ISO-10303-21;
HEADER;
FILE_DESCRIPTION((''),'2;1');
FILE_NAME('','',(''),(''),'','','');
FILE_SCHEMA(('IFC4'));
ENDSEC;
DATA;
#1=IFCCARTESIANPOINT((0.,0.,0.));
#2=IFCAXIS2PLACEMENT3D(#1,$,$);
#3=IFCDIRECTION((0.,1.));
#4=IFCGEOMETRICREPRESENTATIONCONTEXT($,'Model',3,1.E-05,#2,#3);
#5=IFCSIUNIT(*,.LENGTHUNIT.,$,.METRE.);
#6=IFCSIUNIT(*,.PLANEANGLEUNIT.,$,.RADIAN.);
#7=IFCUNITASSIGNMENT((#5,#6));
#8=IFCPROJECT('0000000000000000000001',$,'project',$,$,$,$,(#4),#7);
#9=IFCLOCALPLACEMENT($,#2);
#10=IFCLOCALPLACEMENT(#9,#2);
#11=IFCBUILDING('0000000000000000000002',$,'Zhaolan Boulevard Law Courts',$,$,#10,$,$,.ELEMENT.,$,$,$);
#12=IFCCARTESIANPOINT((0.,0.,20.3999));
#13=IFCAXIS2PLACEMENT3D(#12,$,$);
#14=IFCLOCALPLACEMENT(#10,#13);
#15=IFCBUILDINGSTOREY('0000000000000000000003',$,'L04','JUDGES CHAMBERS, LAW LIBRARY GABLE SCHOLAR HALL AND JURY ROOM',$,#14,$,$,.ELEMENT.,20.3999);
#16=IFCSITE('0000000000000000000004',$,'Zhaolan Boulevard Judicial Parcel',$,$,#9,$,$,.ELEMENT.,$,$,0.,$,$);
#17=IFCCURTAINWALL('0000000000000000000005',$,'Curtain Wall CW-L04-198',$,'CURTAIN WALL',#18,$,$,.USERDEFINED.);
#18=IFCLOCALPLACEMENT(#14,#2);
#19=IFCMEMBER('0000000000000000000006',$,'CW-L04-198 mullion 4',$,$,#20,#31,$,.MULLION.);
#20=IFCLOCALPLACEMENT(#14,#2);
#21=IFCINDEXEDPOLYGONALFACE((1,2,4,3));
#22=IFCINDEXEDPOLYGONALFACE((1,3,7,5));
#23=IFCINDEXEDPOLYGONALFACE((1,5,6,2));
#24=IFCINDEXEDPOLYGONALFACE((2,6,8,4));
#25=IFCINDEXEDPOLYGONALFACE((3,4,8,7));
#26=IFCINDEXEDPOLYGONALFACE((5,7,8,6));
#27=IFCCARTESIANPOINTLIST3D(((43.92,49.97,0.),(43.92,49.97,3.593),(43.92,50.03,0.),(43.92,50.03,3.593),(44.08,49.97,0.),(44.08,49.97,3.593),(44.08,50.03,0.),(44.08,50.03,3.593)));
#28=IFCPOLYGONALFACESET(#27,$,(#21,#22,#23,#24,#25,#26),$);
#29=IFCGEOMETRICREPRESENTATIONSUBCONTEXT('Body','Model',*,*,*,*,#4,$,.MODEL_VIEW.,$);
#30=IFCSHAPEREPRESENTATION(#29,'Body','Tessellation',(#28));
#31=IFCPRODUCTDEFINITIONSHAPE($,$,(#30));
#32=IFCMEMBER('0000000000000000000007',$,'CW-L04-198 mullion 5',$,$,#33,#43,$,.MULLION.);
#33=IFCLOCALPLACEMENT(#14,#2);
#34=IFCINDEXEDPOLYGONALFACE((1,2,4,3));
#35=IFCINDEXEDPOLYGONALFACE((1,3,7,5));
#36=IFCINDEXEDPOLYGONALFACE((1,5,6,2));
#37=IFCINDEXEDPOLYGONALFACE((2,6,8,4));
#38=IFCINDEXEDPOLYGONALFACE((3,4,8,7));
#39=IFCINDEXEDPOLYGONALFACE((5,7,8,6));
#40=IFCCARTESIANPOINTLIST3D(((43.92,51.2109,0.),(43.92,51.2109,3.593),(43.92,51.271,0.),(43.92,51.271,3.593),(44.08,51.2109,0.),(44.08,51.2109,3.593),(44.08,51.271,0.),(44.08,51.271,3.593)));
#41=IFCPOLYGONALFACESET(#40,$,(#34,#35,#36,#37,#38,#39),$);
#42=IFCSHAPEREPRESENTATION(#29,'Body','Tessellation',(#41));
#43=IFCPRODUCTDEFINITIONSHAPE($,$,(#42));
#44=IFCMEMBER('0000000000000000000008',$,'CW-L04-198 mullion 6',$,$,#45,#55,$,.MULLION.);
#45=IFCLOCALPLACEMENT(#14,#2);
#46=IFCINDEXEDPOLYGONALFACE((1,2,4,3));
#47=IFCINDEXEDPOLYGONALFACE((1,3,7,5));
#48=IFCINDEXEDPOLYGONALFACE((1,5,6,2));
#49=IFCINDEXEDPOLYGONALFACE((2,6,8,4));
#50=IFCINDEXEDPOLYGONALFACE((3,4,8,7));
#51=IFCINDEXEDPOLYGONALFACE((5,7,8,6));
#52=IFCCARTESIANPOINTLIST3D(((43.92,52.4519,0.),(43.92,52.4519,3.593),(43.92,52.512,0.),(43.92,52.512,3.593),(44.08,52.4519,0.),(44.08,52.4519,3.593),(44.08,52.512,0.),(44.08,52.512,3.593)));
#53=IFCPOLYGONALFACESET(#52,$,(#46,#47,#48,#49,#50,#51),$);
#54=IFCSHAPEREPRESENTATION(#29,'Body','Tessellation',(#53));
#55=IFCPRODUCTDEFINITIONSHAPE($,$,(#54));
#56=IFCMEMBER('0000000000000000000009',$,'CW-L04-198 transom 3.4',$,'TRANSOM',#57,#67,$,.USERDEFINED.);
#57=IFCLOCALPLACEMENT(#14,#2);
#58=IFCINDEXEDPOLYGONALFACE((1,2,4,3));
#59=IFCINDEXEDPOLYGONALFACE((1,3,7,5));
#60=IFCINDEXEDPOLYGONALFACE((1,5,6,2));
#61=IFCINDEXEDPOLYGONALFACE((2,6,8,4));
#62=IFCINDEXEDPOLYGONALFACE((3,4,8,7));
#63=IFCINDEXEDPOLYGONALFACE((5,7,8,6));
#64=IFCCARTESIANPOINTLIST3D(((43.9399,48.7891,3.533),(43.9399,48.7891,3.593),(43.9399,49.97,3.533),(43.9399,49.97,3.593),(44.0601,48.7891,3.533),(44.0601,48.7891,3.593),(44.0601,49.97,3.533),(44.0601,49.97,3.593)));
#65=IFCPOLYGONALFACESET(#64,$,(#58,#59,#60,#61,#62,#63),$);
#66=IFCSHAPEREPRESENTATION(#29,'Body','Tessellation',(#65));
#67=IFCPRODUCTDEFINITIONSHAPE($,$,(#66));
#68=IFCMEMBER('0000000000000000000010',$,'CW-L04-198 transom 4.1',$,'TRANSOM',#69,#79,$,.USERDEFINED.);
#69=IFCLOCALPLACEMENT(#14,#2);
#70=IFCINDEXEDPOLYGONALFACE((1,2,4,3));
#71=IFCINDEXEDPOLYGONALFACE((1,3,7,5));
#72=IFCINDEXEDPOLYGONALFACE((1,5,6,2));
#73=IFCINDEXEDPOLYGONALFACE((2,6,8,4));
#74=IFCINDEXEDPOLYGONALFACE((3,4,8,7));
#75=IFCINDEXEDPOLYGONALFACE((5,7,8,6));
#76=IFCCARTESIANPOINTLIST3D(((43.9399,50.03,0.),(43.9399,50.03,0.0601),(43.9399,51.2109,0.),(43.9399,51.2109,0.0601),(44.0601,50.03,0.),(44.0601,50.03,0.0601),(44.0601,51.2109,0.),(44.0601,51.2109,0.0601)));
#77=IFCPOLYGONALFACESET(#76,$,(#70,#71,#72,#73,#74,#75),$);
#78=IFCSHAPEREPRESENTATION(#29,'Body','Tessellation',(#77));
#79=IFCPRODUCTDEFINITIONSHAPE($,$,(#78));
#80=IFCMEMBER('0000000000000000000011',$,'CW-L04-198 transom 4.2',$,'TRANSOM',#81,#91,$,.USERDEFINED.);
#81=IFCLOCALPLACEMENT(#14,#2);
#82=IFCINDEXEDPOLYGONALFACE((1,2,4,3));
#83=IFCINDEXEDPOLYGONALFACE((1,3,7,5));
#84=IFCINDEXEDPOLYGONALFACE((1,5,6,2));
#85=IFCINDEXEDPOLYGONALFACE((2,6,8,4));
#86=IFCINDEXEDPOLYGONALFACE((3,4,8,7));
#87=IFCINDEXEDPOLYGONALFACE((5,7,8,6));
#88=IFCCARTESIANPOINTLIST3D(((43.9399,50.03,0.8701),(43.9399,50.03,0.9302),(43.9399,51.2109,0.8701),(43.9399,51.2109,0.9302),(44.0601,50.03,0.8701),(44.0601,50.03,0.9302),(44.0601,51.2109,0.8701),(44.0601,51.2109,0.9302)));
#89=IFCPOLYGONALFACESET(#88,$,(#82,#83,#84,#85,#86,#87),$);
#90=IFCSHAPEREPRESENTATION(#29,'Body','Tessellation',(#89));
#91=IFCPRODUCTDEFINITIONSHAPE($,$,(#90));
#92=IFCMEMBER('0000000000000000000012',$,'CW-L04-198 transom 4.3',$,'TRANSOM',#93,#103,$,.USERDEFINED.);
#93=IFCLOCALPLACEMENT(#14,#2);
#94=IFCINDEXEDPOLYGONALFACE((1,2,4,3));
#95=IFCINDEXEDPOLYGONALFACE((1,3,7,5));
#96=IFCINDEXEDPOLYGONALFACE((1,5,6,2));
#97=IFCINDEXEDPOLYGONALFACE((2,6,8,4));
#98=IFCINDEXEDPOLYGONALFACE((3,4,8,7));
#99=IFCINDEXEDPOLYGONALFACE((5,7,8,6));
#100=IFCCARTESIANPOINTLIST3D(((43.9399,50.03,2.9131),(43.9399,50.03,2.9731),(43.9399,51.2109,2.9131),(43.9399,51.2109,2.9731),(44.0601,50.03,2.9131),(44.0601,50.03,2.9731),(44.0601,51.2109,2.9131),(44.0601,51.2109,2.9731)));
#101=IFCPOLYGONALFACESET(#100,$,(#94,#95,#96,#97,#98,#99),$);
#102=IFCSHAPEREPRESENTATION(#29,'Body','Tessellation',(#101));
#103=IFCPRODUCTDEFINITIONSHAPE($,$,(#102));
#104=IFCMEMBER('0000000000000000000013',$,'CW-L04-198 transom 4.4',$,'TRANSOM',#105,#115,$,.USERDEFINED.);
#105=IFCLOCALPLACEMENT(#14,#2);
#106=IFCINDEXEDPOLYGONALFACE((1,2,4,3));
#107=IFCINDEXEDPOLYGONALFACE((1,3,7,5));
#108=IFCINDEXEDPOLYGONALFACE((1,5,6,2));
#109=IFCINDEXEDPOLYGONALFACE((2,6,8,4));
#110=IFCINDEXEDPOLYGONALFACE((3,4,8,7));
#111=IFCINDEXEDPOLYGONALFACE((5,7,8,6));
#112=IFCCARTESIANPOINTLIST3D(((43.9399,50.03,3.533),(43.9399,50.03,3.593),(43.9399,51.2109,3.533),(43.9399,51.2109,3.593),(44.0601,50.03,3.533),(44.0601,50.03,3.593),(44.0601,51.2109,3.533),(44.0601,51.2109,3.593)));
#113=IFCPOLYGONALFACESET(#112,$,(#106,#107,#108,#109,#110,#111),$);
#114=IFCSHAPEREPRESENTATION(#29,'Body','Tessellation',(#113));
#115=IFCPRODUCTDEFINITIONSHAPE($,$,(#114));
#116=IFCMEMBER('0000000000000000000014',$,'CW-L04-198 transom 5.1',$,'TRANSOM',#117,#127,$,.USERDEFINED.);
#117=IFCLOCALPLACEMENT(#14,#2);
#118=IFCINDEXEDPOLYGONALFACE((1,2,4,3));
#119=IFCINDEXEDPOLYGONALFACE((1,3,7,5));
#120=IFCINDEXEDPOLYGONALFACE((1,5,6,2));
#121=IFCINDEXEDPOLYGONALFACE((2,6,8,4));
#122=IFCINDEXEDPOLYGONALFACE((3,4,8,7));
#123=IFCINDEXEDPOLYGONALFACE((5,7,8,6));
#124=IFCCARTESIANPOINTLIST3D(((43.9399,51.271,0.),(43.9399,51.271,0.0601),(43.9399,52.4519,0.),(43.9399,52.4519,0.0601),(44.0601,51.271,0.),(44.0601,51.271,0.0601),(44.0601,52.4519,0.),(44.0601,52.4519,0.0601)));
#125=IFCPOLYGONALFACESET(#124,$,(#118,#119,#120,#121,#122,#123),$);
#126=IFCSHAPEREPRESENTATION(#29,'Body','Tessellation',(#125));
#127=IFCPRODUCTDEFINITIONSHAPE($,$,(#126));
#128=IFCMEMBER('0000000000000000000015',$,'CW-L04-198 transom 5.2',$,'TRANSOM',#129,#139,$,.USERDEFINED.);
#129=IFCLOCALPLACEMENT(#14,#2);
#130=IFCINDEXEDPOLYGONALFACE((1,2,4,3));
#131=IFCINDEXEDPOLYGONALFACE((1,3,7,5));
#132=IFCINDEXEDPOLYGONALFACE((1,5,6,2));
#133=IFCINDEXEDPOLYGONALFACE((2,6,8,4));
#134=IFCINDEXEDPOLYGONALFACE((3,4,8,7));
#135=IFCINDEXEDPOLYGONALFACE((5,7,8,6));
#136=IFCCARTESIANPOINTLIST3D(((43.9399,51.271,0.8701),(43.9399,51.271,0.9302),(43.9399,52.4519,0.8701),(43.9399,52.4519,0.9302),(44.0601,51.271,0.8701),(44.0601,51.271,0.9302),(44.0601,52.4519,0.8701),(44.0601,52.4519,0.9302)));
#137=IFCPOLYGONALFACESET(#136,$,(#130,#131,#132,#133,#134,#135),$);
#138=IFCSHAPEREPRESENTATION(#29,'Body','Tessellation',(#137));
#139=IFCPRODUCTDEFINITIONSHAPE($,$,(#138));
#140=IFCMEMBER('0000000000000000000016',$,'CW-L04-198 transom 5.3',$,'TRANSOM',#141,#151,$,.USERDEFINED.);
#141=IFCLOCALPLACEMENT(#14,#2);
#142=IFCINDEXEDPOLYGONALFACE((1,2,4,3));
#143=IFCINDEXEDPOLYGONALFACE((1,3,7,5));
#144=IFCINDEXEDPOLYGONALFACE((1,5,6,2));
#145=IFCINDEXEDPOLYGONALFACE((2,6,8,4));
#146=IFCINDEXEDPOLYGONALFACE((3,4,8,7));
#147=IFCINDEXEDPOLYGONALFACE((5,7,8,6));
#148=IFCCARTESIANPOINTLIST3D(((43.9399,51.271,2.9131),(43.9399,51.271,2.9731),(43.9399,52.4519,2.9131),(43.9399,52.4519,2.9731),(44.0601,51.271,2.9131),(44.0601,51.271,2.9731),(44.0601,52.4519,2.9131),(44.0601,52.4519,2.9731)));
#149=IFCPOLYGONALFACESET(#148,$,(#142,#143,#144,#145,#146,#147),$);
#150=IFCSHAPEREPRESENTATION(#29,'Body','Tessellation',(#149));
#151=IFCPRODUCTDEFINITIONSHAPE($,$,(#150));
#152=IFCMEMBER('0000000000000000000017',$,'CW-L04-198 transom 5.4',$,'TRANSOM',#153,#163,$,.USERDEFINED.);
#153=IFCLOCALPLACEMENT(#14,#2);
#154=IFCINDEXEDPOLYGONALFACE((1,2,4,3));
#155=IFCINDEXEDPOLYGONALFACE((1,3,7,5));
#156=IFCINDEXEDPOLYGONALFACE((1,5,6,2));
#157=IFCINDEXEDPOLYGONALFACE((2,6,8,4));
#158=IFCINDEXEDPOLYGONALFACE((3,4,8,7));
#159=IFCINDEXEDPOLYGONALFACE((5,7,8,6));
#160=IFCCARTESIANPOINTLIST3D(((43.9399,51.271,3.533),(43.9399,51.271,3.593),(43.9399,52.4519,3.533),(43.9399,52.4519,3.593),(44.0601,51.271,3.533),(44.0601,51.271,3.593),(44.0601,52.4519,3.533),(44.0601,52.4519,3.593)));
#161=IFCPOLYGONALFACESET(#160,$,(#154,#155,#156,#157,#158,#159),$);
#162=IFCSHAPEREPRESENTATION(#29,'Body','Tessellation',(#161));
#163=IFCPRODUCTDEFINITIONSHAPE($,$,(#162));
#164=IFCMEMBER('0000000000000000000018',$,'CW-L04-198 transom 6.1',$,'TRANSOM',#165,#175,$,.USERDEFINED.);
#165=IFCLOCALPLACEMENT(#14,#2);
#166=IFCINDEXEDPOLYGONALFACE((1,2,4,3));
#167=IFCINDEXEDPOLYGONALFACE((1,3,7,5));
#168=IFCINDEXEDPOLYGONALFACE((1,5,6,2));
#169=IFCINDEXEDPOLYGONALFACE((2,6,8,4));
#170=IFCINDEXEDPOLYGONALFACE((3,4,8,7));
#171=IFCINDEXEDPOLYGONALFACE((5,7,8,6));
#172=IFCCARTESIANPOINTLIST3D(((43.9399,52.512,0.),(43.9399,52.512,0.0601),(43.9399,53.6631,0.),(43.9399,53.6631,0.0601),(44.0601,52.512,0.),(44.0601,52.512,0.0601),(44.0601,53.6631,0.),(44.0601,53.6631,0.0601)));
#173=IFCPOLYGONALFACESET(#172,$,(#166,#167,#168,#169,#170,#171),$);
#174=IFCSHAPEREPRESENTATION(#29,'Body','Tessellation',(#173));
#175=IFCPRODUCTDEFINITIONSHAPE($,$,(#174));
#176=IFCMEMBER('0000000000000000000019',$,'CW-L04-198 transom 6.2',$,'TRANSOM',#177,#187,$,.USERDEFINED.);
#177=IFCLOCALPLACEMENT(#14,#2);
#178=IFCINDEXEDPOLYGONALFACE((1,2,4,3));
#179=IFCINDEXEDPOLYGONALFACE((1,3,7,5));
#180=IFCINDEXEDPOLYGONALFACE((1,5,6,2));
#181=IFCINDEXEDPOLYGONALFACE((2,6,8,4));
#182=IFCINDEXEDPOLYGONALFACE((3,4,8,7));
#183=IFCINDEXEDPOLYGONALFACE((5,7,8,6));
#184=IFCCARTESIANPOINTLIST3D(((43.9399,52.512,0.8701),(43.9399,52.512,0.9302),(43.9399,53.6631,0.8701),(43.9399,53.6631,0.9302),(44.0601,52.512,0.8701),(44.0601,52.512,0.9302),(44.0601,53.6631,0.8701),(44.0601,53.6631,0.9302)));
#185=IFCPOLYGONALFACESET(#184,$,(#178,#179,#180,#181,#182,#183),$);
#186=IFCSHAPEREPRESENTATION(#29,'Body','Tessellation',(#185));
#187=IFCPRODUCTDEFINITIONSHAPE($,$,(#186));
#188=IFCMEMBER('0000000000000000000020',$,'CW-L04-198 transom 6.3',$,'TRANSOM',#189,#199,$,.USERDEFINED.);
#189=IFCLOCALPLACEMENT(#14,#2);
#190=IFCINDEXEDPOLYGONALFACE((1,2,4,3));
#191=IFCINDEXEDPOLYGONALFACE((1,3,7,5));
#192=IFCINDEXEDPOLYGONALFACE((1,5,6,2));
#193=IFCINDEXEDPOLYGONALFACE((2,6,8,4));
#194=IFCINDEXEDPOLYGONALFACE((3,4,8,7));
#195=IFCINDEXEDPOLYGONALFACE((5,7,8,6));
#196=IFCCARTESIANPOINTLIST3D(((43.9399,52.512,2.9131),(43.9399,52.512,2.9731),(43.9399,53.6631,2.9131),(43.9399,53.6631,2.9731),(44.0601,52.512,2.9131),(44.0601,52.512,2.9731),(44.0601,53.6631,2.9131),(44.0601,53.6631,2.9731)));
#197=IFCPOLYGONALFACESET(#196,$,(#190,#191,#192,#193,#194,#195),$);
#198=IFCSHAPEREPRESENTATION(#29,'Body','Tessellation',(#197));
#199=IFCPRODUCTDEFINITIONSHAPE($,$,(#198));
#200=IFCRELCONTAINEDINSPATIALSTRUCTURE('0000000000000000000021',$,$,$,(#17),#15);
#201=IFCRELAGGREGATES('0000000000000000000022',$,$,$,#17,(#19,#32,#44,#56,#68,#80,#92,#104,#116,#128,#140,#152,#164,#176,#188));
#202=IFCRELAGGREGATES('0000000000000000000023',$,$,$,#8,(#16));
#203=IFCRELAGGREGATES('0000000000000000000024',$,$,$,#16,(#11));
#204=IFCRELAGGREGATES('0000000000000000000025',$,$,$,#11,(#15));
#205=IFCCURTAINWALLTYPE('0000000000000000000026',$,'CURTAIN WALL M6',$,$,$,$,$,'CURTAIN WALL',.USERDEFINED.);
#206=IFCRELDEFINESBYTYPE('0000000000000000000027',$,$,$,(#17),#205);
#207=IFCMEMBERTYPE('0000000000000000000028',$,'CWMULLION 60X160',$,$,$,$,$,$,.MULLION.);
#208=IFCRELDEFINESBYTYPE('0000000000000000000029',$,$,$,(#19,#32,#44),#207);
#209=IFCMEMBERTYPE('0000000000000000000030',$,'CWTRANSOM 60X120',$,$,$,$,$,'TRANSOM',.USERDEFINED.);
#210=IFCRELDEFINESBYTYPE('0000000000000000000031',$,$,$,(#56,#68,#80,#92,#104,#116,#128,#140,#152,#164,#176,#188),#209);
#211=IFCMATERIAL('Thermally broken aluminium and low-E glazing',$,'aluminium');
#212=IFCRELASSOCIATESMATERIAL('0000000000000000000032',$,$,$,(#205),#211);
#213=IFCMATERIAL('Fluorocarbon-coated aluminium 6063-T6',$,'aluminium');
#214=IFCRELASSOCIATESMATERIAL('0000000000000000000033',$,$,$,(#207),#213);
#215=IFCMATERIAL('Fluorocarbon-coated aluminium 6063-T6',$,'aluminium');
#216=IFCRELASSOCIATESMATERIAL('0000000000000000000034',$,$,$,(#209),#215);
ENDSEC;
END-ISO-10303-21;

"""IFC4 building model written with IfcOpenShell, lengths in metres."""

from ifc_helpers import new_model, si_unit, direction, frame, origin, origin_2d, place, context, subcontext, project, spatial, rectangle, extrude, material, material_profile, profile_set, type_object, element, aggregate, save


model = new_model("IFC4")

# Units and contexts
model_context = context("Model", 3, precision=1e-05, world=origin(), true_north=direction((0.0, 1.0)))
body_context = subcontext(model_context, "Body", "Model", "MODEL_VIEW")
ifc_project = project(units=[si_unit("LENGTHUNIT", "METRE"), si_unit("PLANEANGLEUNIT", "RADIAN")], contexts=[model_context])

# Site, building, storey
site_placement = place(None, origin())
site = spatial("IfcSite", under=ifc_project, at=site_placement, Name="Zhaolan Boulevard Judicial Parcel", CompositionType="ELEMENT", RefElevation=0.0)
building_placement = place(site_placement, origin())
building = spatial("IfcBuilding", under=site, at=building_placement, Name="Zhaolan Boulevard Law Courts", CompositionType="ELEMENT")
storey_placement = place(building_placement, frame((0.0, 0.0, 20.3999)))
storey = spatial("IfcBuildingStorey", under=building, at=storey_placement, Name="L04", Description="JUDGES CHAMBERS, LAW LIBRARY GABLE SCHOLAR HALL AND JURY ROOM", CompositionType="ELEMENT", Elevation=20.3999)

# Curtain wall, members
ifc_material_1 = material(Name="Thermally broken aluminium and low-E glazing", Category="aluminium")
curtain_wall_type = type_object("IfcCurtainWallType", Name="CURTAIN WALL M6", ElementType="CURTAIN WALL", PredefinedType="USERDEFINED", material=ifc_material_1)
curtain_wall_placement = place(storey_placement, origin())
curtain_wall = element("IfcCurtainWall", 1, at=curtain_wall_placement, inside=storey, type_object=curtain_wall_type, Name="Curtain Wall CW-L04-198", ObjectType="CURTAIN WALL", PredefinedType="USERDEFINED")
ifc_material_2 = material(Name="Fluorocarbon-coated aluminium 6063-T6", Category="aluminium")
ifc_material_profile_1 = material_profile(ifc_material_2, rectangle(XDim=0.1599, YDim=0.0601, at=origin_2d()), Name="AL60x160")
ifc_profile_set_1 = profile_set([ifc_material_profile_1], Name="Fluorocarbon-coated aluminium 6063-T6")
member_type_1 = type_object("IfcMemberType", Name="CWMULLION 60X160", PredefinedType="MULLION", material=ifc_profile_set_1)
member_1_placement = place(storey_placement, frame((44.0, 50.0, 0.0), z_axis=(0.0, 0.0, 1.0), x_axis=(-1.0, 0.0, 0.0)))
member_1 = element("IfcMember", 2, at=member_1_placement, type_object=member_type_1, Name="CW-L04-198 mullion 4", PredefinedType="MULLION", context=body_context, shape_type="SweptSolid", body=[
    extrude(rectangle(XDim=0.1599, YDim=0.0601, at=origin_2d()), origin(), (0.0, 0.0, 1.0), 3.593),
])
member_2_placement = place(storey_placement, frame((44.0, 51.241, 0.0), z_axis=(0.0, 0.0, 1.0), x_axis=(-1.0, 0.0, 0.0)))
member_2 = element("IfcMember", 3, at=member_2_placement, type_object=member_type_1, Name="CW-L04-198 mullion 5", PredefinedType="MULLION", context=body_context, shape_type="SweptSolid", body=[
    extrude(rectangle(XDim=0.1599, YDim=0.0601, at=origin_2d()), origin(), (0.0, 0.0, 1.0), 3.593),
])
member_3_placement = place(storey_placement, frame((44.0, 52.4819, 0.0), z_axis=(0.0, 0.0, 1.0), x_axis=(-1.0, 0.0, 0.0)))
member_3 = element("IfcMember", 4, at=member_3_placement, type_object=member_type_1, Name="CW-L04-198 mullion 6", PredefinedType="MULLION", context=body_context, shape_type="SweptSolid", body=[
    extrude(rectangle(XDim=0.1599, YDim=0.0601, at=origin_2d()), origin(), (0.0, 0.0, 1.0), 3.593),
])
ifc_material_3 = material(Name="Fluorocarbon-coated aluminium 6063-T6", Category="aluminium")
ifc_material_profile_2 = material_profile(ifc_material_3, rectangle(XDim=0.1201, YDim=0.0601, at=origin_2d()), Name="AL60x120")
ifc_profile_set_2 = profile_set([ifc_material_profile_2], Name="Fluorocarbon-coated aluminium 6063-T6")
member_type_2 = type_object("IfcMemberType", Name="CWTRANSOM 60X120", ElementType="TRANSOM", PredefinedType="USERDEFINED", material=ifc_profile_set_2)
member_4_placement = place(storey_placement, frame((44.0, 48.7891, 3.563), z_axis=(0.0, 1.0, 0.0), x_axis=(-1.0, 0.0, 0.0)))
member_4 = element("IfcMember", 5, at=member_4_placement, type_object=member_type_2, Name="CW-L04-198 transom 3.4", ObjectType="TRANSOM", PredefinedType="USERDEFINED", context=body_context, shape_type="SweptSolid", body=[
    extrude(rectangle(XDim=0.1201, YDim=0.0601, at=origin_2d()), origin(), (0.0, 0.0, 1.0), 1.1809),
])
member_5_placement = place(storey_placement, frame((44.0, 50.03, 0.03), z_axis=(0.0, 1.0, 0.0), x_axis=(-1.0, 0.0, 0.0)))
member_5 = element("IfcMember", 6, at=member_5_placement, type_object=member_type_2, Name="CW-L04-198 transom 4.1", ObjectType="TRANSOM", PredefinedType="USERDEFINED", context=body_context, shape_type="SweptSolid", body=[
    extrude(rectangle(XDim=0.1201, YDim=0.0601, at=origin_2d()), origin(), (0.0, 0.0, 1.0), 1.1809),
])
member_6_placement = place(storey_placement, frame((44.0, 50.03, 0.9001), z_axis=(0.0, 1.0, 0.0), x_axis=(-1.0, 0.0, 0.0)))
member_6 = element("IfcMember", 7, at=member_6_placement, type_object=member_type_2, Name="CW-L04-198 transom 4.2", ObjectType="TRANSOM", PredefinedType="USERDEFINED", context=body_context, shape_type="SweptSolid", body=[
    extrude(rectangle(XDim=0.1201, YDim=0.0601, at=origin_2d()), origin(), (0.0, 0.0, 1.0), 1.1809),
])
member_7_placement = place(storey_placement, frame((44.0, 50.03, 2.9431), z_axis=(0.0, 1.0, 0.0), x_axis=(-1.0, 0.0, 0.0)))
member_7 = element("IfcMember", 8, at=member_7_placement, type_object=member_type_2, Name="CW-L04-198 transom 4.3", ObjectType="TRANSOM", PredefinedType="USERDEFINED", context=body_context, shape_type="SweptSolid", body=[
    extrude(rectangle(XDim=0.1201, YDim=0.0601, at=origin_2d()), origin(), (0.0, 0.0, 1.0), 1.1809),
])
member_8_placement = place(storey_placement, frame((44.0, 50.03, 3.563), z_axis=(0.0, 1.0, 0.0), x_axis=(-1.0, 0.0, 0.0)))
member_8 = element("IfcMember", 9, at=member_8_placement, type_object=member_type_2, Name="CW-L04-198 transom 4.4", ObjectType="TRANSOM", PredefinedType="USERDEFINED", context=body_context, shape_type="SweptSolid", body=[
    extrude(rectangle(XDim=0.1201, YDim=0.0601, at=origin_2d()), origin(), (0.0, 0.0, 1.0), 1.1809),
])
member_9_placement = place(storey_placement, frame((44.0, 51.271, 0.03), z_axis=(0.0, 1.0, 0.0), x_axis=(-1.0, 0.0, 0.0)))
member_9 = element("IfcMember", 10, at=member_9_placement, type_object=member_type_2, Name="CW-L04-198 transom 5.1", ObjectType="TRANSOM", PredefinedType="USERDEFINED", context=body_context, shape_type="SweptSolid", body=[
    extrude(rectangle(XDim=0.1201, YDim=0.0601, at=origin_2d()), origin(), (0.0, 0.0, 1.0), 1.1809),
])
member_10_placement = place(storey_placement, frame((44.0, 51.271, 0.9001), z_axis=(0.0, 1.0, 0.0), x_axis=(-1.0, 0.0, 0.0)))
member_10 = element("IfcMember", 11, at=member_10_placement, type_object=member_type_2, Name="CW-L04-198 transom 5.2", ObjectType="TRANSOM", PredefinedType="USERDEFINED", context=body_context, shape_type="SweptSolid", body=[
    extrude(rectangle(XDim=0.1201, YDim=0.0601, at=origin_2d()), origin(), (0.0, 0.0, 1.0), 1.1809),
])
member_11_placement = place(storey_placement, frame((44.0, 51.271, 2.9431), z_axis=(0.0, 1.0, 0.0), x_axis=(-1.0, 0.0, 0.0)))
member_11 = element("IfcMember", 12, at=member_11_placement, type_object=member_type_2, Name="CW-L04-198 transom 5.3", ObjectType="TRANSOM", PredefinedType="USERDEFINED", context=body_context, shape_type="SweptSolid", body=[
    extrude(rectangle(XDim=0.1201, YDim=0.0601, at=origin_2d()), origin(), (0.0, 0.0, 1.0), 1.1809),
])
member_12_placement = place(storey_placement, frame((44.0, 51.271, 3.563), z_axis=(0.0, 1.0, 0.0), x_axis=(-1.0, 0.0, 0.0)))
member_12 = element("IfcMember", 13, at=member_12_placement, type_object=member_type_2, Name="CW-L04-198 transom 5.4", ObjectType="TRANSOM", PredefinedType="USERDEFINED", context=body_context, shape_type="SweptSolid", body=[
    extrude(rectangle(XDim=0.1201, YDim=0.0601, at=origin_2d()), origin(), (0.0, 0.0, 1.0), 1.1809),
])
member_13_placement = place(storey_placement, frame((44.0, 52.512, 0.03), z_axis=(0.0, 1.0, 0.0), x_axis=(-1.0, 0.0, 0.0)))
member_13 = element("IfcMember", 14, at=member_13_placement, type_object=member_type_2, Name="CW-L04-198 transom 6.1", ObjectType="TRANSOM", PredefinedType="USERDEFINED", context=body_context, shape_type="SweptSolid", body=[
    extrude(rectangle(XDim=0.1201, YDim=0.0601, at=origin_2d()), origin(), (0.0, 0.0, 1.0), 1.1511),
])
member_14_placement = place(storey_placement, frame((44.0, 52.512, 0.9001), z_axis=(0.0, 1.0, 0.0), x_axis=(-1.0, 0.0, 0.0)))
member_14 = element("IfcMember", 15, at=member_14_placement, type_object=member_type_2, Name="CW-L04-198 transom 6.2", ObjectType="TRANSOM", PredefinedType="USERDEFINED", context=body_context, shape_type="SweptSolid", body=[
    extrude(rectangle(XDim=0.1201, YDim=0.0601, at=origin_2d()), origin(), (0.0, 0.0, 1.0), 1.1511),
])
member_15_placement = place(storey_placement, frame((44.0, 52.512, 2.9431), z_axis=(0.0, 1.0, 0.0), x_axis=(-1.0, 0.0, 0.0)))
member_15 = element("IfcMember", 16, at=member_15_placement, type_object=member_type_2, Name="CW-L04-198 transom 6.3", ObjectType="TRANSOM", PredefinedType="USERDEFINED", context=body_context, shape_type="SweptSolid", body=[
    extrude(rectangle(XDim=0.1201, YDim=0.0601, at=origin_2d()), origin(), (0.0, 0.0, 1.0), 1.1511),
])
aggregate(curtain_wall, [member_1, member_2, member_3, member_4, member_5, member_6, member_7, member_8, member_9, member_10, member_11, member_12, member_13, member_14, member_15])

save(model, "model.ifc")
